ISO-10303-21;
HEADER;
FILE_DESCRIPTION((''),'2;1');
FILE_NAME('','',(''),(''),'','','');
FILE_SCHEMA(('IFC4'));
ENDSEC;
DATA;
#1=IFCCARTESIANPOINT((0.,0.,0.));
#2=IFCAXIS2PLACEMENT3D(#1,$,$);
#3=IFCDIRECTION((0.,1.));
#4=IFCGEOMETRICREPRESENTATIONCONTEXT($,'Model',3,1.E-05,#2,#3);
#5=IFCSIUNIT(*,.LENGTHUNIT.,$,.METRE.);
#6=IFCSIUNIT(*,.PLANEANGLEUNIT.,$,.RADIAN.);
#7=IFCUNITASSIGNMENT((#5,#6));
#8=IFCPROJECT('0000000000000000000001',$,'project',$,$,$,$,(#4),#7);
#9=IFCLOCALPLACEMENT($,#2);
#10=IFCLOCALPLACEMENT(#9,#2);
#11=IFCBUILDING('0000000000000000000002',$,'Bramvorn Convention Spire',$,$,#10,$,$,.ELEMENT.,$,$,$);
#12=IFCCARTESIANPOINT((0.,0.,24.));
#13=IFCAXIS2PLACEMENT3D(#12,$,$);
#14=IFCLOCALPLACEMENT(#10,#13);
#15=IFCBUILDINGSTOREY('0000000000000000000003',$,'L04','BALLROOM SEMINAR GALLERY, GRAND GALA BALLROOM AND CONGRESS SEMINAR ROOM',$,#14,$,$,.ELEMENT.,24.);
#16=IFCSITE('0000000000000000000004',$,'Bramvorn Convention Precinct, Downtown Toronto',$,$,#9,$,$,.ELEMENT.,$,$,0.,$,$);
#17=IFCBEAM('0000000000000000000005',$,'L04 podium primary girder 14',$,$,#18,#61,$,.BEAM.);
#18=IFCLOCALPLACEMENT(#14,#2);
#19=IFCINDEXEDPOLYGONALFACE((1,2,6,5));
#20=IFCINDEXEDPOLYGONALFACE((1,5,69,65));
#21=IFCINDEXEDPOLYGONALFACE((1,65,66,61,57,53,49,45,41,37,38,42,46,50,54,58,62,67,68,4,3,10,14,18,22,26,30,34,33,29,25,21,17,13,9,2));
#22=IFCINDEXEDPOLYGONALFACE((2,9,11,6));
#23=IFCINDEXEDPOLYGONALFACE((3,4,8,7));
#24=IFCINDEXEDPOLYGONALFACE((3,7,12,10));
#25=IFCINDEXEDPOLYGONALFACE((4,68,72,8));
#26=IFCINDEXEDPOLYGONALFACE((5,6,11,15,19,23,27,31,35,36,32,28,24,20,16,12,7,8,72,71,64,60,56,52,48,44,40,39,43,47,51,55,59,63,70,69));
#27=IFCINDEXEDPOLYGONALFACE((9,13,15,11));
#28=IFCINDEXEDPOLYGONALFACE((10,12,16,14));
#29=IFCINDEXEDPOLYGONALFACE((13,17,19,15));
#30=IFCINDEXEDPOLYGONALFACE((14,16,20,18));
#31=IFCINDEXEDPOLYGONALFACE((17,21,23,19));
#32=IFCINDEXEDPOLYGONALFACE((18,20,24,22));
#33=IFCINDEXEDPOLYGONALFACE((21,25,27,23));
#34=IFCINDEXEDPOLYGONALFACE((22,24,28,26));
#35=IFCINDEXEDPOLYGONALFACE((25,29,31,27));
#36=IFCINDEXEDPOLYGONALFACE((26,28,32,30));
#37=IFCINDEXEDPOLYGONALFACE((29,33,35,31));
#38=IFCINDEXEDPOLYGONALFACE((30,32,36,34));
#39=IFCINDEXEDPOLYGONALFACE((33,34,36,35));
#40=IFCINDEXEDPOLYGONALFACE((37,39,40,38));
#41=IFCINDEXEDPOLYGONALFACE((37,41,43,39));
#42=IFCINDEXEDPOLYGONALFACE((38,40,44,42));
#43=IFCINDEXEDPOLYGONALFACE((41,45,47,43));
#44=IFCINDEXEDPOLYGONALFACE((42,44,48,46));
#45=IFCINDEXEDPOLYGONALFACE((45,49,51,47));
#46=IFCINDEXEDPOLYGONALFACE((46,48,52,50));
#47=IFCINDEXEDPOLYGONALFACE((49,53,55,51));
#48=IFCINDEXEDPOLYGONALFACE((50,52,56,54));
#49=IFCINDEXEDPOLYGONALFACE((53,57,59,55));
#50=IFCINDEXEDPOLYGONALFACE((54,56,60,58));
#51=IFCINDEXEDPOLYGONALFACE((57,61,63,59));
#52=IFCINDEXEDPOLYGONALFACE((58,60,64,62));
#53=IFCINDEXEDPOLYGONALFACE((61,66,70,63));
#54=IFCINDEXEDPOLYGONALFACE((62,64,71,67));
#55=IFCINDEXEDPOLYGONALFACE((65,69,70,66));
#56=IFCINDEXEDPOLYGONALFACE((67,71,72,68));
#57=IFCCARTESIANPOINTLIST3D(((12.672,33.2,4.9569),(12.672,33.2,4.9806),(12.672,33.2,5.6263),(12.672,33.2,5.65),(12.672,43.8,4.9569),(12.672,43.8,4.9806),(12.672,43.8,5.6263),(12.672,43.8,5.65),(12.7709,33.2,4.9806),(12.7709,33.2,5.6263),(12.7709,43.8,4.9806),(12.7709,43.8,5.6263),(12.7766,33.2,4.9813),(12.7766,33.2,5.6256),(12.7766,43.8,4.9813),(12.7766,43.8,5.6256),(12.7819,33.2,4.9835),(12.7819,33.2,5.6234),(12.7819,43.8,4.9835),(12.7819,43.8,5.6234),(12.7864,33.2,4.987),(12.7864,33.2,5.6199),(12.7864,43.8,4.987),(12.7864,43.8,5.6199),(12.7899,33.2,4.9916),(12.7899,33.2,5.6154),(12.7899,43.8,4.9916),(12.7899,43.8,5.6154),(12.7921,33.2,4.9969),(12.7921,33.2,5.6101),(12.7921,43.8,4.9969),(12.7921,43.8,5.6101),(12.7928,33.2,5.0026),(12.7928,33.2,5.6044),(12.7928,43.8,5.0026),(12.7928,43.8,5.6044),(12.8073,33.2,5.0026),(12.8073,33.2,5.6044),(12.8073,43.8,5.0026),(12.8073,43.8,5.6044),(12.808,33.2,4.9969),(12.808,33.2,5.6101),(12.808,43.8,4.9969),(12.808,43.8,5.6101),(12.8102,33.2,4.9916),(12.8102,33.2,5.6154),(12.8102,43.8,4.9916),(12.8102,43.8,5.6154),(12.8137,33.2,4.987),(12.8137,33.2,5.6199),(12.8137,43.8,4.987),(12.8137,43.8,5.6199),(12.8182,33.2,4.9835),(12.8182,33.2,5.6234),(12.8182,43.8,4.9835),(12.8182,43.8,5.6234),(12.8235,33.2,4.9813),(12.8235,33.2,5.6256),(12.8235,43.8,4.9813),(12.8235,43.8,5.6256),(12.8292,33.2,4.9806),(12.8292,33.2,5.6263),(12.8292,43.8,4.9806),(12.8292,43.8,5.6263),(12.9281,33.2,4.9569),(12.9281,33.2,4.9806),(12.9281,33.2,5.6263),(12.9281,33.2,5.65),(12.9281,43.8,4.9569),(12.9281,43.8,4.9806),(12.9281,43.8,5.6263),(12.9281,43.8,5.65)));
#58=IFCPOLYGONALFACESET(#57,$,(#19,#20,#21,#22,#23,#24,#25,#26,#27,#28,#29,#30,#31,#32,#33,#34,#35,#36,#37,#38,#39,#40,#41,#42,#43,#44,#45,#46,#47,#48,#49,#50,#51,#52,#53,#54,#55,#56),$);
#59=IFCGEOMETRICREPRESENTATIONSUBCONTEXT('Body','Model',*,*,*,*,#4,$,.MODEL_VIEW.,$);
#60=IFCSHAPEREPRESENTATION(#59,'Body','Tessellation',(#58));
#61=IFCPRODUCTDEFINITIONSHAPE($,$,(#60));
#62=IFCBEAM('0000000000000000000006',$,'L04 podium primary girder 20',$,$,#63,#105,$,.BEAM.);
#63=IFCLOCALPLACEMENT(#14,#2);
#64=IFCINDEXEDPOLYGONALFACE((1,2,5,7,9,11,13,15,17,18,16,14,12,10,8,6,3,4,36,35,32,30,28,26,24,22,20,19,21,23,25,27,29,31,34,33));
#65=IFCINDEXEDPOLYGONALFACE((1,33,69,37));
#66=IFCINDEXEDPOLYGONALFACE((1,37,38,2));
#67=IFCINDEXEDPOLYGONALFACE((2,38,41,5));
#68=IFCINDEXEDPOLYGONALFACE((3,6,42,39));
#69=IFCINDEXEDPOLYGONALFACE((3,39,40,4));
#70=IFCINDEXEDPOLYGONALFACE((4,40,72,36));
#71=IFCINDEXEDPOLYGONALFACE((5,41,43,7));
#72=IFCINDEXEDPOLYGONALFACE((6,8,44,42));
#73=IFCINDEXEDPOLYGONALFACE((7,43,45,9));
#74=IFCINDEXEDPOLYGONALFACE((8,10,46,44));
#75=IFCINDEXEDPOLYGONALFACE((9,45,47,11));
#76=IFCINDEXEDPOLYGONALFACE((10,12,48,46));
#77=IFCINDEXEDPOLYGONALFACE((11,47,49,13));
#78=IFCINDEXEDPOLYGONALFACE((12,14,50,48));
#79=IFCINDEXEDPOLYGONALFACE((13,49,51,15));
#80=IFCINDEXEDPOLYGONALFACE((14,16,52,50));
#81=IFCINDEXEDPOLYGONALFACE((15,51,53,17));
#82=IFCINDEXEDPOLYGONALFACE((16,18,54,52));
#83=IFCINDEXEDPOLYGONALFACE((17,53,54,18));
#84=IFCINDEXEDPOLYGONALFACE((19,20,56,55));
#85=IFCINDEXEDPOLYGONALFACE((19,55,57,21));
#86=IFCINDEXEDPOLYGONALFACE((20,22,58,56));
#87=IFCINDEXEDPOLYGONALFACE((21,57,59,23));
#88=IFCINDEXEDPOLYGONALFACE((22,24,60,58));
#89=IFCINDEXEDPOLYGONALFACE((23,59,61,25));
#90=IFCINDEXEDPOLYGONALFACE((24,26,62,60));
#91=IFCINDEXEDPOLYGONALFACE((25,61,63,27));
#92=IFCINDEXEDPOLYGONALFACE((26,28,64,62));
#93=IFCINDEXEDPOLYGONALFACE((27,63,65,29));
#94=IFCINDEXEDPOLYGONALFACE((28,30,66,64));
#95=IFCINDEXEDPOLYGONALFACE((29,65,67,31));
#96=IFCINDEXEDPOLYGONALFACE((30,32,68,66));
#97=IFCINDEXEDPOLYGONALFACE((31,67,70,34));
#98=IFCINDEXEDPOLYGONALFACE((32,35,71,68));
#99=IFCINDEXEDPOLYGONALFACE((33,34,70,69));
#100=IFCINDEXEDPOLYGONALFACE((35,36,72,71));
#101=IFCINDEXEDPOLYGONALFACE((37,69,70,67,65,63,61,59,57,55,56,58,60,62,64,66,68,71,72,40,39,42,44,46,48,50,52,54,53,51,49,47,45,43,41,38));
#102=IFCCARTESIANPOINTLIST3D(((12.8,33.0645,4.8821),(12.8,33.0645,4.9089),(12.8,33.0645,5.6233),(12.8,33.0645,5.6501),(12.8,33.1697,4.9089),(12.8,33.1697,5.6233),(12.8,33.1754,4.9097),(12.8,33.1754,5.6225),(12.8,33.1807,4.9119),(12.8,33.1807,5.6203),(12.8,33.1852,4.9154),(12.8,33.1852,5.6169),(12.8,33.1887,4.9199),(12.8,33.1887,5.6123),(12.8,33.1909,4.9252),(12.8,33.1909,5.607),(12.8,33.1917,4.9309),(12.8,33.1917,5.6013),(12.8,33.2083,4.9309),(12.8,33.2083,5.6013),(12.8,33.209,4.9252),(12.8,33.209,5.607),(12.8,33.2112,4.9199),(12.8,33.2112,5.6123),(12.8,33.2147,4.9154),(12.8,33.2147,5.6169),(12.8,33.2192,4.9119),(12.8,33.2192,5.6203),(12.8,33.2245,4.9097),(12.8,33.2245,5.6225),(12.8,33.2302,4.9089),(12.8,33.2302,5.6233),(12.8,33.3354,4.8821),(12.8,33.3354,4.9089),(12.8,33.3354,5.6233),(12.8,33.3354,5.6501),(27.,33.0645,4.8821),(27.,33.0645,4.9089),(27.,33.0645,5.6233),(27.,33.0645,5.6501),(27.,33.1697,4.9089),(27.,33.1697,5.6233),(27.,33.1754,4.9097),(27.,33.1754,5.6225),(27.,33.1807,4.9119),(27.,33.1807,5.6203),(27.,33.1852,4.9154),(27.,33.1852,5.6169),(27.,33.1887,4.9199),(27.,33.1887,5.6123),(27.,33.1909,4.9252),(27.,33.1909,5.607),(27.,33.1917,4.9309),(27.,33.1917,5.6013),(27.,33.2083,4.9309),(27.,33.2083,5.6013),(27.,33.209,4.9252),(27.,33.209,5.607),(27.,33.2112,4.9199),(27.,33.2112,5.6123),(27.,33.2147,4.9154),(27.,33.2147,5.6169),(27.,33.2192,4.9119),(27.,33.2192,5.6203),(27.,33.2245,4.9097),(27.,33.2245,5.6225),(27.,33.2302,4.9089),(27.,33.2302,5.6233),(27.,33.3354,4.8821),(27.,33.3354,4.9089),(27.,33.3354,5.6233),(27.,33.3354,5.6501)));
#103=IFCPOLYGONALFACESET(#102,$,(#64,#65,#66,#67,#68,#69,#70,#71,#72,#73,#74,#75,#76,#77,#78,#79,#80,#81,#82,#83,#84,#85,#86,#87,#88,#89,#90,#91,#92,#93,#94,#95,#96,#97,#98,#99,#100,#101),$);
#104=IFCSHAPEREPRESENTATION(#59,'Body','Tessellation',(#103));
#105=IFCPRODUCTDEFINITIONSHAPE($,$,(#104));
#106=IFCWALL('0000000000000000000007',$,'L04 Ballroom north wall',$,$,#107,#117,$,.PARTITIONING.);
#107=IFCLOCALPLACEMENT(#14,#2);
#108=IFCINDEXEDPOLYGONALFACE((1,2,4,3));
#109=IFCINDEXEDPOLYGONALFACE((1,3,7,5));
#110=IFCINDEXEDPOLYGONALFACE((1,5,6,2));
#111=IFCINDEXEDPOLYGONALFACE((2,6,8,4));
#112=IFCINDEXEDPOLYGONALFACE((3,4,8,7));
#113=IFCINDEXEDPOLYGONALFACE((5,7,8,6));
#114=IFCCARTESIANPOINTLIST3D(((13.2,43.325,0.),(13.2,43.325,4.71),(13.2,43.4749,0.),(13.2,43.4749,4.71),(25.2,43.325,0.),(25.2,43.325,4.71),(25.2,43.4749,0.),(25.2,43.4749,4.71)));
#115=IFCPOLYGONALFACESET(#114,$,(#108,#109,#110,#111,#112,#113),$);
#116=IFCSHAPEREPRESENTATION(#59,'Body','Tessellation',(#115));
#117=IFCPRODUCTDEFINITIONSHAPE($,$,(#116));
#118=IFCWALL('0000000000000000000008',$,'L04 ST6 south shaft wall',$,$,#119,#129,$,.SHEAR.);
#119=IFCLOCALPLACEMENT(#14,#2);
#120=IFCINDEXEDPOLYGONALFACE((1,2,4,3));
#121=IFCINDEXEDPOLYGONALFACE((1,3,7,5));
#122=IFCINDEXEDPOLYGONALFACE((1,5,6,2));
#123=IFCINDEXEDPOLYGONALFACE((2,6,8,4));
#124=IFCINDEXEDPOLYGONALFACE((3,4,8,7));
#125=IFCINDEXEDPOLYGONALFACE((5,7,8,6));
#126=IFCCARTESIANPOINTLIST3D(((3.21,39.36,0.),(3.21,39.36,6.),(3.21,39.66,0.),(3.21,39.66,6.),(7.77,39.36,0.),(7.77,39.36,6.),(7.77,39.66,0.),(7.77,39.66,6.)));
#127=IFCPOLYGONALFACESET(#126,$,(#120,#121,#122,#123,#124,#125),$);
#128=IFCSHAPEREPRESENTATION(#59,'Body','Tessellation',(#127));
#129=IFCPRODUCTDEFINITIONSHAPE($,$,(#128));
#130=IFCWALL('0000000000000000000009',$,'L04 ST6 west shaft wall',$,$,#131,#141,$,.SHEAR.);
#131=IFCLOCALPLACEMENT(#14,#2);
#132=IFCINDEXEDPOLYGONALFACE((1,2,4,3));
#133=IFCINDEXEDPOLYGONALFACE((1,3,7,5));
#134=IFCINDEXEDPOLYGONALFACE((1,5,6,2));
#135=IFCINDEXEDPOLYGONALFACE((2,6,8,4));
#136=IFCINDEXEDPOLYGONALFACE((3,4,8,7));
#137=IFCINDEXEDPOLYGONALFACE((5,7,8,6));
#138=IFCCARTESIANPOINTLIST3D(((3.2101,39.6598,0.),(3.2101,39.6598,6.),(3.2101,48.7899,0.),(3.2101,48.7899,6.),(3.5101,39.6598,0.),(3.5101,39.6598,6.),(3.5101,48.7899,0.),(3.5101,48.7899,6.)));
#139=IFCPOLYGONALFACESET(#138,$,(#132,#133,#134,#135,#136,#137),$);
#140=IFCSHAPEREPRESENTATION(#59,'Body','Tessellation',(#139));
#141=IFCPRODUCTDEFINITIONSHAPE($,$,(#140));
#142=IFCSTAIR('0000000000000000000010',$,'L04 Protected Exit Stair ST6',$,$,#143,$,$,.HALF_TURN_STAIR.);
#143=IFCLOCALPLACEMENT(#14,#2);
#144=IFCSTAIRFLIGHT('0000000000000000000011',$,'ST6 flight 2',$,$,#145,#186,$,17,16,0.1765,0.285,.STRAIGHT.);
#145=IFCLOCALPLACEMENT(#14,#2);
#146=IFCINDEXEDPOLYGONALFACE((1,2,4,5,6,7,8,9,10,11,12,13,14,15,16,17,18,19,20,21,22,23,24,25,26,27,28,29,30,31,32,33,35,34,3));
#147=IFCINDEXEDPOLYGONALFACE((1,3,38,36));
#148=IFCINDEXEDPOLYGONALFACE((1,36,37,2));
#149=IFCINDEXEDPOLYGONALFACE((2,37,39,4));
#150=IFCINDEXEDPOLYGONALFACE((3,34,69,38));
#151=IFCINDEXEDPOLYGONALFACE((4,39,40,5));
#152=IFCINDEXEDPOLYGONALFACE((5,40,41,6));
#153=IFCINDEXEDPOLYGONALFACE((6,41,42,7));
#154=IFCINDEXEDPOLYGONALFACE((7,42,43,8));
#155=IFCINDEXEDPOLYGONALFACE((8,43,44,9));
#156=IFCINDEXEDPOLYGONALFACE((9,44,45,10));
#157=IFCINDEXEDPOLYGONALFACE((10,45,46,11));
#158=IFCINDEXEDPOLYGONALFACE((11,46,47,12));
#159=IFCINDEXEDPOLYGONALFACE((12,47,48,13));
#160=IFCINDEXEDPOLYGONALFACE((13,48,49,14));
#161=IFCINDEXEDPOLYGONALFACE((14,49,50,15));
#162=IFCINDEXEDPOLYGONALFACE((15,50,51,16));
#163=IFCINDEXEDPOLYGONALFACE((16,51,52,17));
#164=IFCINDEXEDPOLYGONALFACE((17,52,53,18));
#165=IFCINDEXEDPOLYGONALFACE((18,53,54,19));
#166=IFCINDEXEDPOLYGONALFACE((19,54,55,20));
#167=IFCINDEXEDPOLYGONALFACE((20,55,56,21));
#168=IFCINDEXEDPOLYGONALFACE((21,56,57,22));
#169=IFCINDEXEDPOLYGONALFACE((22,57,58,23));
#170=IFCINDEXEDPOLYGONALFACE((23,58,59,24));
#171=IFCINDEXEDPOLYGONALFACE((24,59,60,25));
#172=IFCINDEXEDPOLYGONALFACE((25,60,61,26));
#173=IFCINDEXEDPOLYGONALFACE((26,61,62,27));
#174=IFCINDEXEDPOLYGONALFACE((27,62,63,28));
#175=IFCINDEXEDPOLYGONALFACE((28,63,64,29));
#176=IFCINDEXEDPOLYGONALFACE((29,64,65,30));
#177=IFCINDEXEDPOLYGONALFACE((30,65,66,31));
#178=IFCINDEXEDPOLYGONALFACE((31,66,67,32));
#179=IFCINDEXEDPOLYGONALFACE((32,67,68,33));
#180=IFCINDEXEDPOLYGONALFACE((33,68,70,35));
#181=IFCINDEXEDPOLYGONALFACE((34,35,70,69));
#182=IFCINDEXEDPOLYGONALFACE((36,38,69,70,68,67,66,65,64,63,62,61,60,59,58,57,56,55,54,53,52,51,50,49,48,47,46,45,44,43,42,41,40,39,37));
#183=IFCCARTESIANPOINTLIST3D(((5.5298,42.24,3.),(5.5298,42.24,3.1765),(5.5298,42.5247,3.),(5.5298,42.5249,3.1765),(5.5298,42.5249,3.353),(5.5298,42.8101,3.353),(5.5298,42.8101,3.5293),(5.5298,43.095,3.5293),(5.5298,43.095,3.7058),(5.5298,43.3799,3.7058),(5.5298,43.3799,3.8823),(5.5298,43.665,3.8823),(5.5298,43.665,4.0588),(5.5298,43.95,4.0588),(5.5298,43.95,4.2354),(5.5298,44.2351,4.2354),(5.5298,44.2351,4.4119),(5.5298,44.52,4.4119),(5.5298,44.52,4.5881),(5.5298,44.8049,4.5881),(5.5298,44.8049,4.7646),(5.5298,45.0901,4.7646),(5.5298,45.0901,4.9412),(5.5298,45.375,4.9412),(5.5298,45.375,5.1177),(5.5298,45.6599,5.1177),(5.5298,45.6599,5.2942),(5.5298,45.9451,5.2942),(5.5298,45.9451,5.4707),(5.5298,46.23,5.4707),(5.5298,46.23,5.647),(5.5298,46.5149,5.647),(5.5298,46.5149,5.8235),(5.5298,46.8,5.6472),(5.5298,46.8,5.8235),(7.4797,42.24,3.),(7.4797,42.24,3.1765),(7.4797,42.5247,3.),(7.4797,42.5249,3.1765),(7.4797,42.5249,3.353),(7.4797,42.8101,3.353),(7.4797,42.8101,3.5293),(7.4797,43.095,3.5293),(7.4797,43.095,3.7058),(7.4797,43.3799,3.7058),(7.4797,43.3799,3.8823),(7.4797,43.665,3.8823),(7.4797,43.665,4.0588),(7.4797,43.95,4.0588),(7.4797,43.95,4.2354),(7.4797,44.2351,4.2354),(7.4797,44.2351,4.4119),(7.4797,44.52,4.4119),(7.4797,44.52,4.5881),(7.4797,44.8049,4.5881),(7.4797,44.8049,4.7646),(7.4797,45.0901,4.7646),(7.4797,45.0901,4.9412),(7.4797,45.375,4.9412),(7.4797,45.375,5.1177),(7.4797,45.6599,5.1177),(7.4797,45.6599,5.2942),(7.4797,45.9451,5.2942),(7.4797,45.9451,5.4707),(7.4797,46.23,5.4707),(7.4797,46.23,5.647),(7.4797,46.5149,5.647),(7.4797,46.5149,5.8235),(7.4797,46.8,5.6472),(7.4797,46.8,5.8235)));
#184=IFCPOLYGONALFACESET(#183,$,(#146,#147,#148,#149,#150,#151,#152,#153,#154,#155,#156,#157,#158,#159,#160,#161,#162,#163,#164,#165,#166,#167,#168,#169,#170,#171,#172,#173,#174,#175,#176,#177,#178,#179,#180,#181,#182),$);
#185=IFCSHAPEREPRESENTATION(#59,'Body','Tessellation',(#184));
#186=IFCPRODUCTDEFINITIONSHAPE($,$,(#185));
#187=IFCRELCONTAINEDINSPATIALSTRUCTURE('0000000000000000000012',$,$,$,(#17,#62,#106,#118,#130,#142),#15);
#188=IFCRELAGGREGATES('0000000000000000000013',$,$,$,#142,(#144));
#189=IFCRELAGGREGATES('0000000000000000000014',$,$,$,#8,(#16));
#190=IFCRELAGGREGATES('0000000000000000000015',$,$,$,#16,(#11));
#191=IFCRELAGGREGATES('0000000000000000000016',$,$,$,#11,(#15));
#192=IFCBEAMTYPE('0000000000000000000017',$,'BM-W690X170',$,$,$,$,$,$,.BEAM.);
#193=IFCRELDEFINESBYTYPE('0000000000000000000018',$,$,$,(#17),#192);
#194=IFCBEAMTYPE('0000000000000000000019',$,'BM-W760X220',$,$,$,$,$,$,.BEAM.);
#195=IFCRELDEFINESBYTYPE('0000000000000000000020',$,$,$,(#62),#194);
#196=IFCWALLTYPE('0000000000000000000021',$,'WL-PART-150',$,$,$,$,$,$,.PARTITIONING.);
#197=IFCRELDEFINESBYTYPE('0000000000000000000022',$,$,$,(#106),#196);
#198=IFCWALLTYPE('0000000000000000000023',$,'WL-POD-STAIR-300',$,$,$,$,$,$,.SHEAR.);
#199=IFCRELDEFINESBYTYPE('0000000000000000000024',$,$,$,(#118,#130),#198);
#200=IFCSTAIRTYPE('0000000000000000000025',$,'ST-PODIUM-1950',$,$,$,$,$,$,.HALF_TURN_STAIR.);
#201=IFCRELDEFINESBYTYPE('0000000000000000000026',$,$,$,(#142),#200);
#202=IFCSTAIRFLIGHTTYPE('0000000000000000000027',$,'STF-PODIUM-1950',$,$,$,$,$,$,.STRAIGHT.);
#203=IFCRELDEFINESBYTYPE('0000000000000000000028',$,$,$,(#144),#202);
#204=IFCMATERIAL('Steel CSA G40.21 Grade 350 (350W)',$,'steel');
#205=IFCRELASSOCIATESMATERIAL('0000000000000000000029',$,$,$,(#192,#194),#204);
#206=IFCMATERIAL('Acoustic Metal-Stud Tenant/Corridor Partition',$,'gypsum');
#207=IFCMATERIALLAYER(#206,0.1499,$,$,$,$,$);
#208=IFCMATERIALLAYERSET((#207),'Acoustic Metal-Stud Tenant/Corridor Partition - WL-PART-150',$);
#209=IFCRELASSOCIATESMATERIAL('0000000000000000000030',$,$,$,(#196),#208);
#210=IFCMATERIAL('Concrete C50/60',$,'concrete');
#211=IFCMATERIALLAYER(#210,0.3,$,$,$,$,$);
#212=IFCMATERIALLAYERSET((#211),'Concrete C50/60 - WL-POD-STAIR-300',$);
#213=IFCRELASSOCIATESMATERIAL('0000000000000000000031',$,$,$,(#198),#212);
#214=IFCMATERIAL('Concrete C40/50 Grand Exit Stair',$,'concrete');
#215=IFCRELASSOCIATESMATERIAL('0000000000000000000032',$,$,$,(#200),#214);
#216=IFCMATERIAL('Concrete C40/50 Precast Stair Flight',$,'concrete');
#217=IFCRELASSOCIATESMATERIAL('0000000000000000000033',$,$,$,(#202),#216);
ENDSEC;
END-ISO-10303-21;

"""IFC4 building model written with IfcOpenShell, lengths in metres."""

from ifc_helpers import new_model, si_unit, direction, frame, frame_2d, origin, origin_2d, place, context, subcontext, project, spatial, polyline, rectangle, i_section, outline, extrude, material, layer, layer_set, material_profile, profile_set, type_object, element, aggregate, save


model = new_model("IFC4")

# Units and contexts
model_context = context("Model", 3, precision=1e-05, world=origin(), true_north=direction((0.0, 1.0)))
body_context = subcontext(model_context, "Body", "Model", "MODEL_VIEW")
ifc_project = project(units=[si_unit("LENGTHUNIT", "METRE"), si_unit("PLANEANGLEUNIT", "RADIAN")], contexts=[model_context])

# Site, building, storey
site_placement = place(None, origin())
site = spatial("IfcSite", under=ifc_project, at=site_placement, Name="Bramvorn Convention Precinct, Downtown Toronto", CompositionType="ELEMENT", RefElevation=0.0)
building_placement = place(site_placement, origin())
building = spatial("IfcBuilding", under=site, at=building_placement, Name="Bramvorn Convention Spire", CompositionType="ELEMENT")
storey_placement = place(building_placement, frame((0.0, 0.0, 24.0)))
storey = spatial("IfcBuildingStorey", under=building, at=storey_placement, Name="L04", Description="BALLROOM SEMINAR GALLERY, GRAND GALA BALLROOM AND CONGRESS SEMINAR ROOM", CompositionType="ELEMENT", Elevation=24.0)

# Shared definitions
ifc_material_1 = material(Name="Steel CSA G40.21 Grade 350 (350W)", Category="steel")

# Beams
ifc_material_2 = material(Name="Concrete C50/60", Category="concrete")
ifc_material_profile_1 = material_profile(ifc_material_1, i_section(OverallWidth=0.2561, OverallDepth=0.6931, WebThickness=0.0144, FlangeThickness=0.0237, FilletRadius=0.022, at=origin_2d()))
ifc_profile_set_1 = profile_set([ifc_material_profile_1], Name="Steel CSA G40.21 Grade 350 (350W) - W690X170")
beam_type_1 = type_object("IfcBeamType", Name="BM-W690X170", PredefinedType="BEAM", material=ifc_profile_set_1)
beam_1_placement = place(storey_placement, frame((12.8, 33.2, 5.3035), z_axis=(0.0, 1.0, 0.0), x_axis=(-1.0, 0.0, 0.0)))
element("IfcBeam", 1, at=beam_1_placement, inside=storey, type_object=beam_type_1, Name="L04 podium primary girder 14", PredefinedType="BEAM", context=body_context, shape_type="SweptSolid", body=[
    extrude(i_section(OverallWidth=0.2561, OverallDepth=0.6931, WebThickness=0.0144, FlangeThickness=0.0237, FilletRadius=0.022, at=origin_2d()), origin(), (0.0, 0.0, 1.0), 10.6001),
])
ifc_material_profile_2 = material_profile(ifc_material_1, i_section(OverallWidth=0.271, OverallDepth=0.7681, WebThickness=0.0166, FlangeThickness=0.0269, FilletRadius=0.022, at=origin_2d()))
ifc_profile_set_2 = profile_set([ifc_material_profile_2], Name="Steel CSA G40.21 Grade 350 (350W) - W760X220")
beam_type_2 = type_object("IfcBeamType", Name="BM-W760X220", PredefinedType="BEAM", material=ifc_profile_set_2)
beam_2_placement = place(storey_placement, frame((12.8, 33.2, 5.2661), z_axis=(1.0, 0.0, 0.0), x_axis=(0.0, 1.0, 0.0)))
element("IfcBeam", 2, at=beam_2_placement, inside=storey, type_object=beam_type_2, Name="L04 podium primary girder 20", PredefinedType="BEAM", context=body_context, shape_type="SweptSolid", body=[
    extrude(i_section(OverallWidth=0.271, OverallDepth=0.7681, WebThickness=0.0166, FlangeThickness=0.0269, FilletRadius=0.022, at=origin_2d()), origin(), (0.0, 0.0, 1.0), 14.2),
])

# Walls
ifc_material_3 = material(Name="Acoustic Metal-Stud Tenant/Corridor Partition", Category="gypsum")
ifc_layer_1 = layer(ifc_material_3, 0.1499)
ifc_layer_set_1 = layer_set([ifc_layer_1], Name="Acoustic Metal-Stud Tenant/Corridor Partition - WL-PART-150")
wall_type_1 = type_object("IfcWallType", Name="WL-PART-150", PredefinedType="PARTITIONING", material=ifc_layer_set_1)
wall_1_placement = place(storey_placement, frame((13.2, 43.3999, 0.0), z_axis=(0.0, 0.0, 1.0), x_axis=(1.0, 0.0, 0.0)))
element("IfcWall", 3, at=wall_1_placement, inside=storey, type_object=wall_type_1, Name="L04 Ballroom north wall", PredefinedType="PARTITIONING", context=body_context, shape_type="SweptSolid", body=[
    extrude(rectangle(XDim=12.0, YDim=0.1499, at=frame_2d((6.0, 0.0))), origin(), (0.0, 0.0, 1.0), 4.71),
])
ifc_layer_2 = layer(ifc_material_2, 0.3)
ifc_layer_set_2 = layer_set([ifc_layer_2], Name="Concrete C50/60 - WL-POD-STAIR-300")
wall_type_2 = type_object("IfcWallType", Name="WL-POD-STAIR-300", PredefinedType="SHEAR", material=ifc_layer_set_2)
wall_2_placement = place(storey_placement, frame((3.21, 39.51, 0.0), z_axis=(0.0, 0.0, 1.0), x_axis=(1.0, 0.0, 0.0)))
element("IfcWall", 4, at=wall_2_placement, inside=storey, type_object=wall_type_2, Name="L04 ST6 south shaft wall", PredefinedType="SHEAR", context=body_context, shape_type="SweptSolid", body=[
    extrude(rectangle(XDim=4.5601, YDim=0.3, at=frame_2d((2.28, 0.0))), origin(), (0.0, 0.0, 1.0), 6.0),
])
wall_3_placement = place(storey_placement, frame((3.3601, 39.6599, 0.0), z_axis=(0.0, 0.0, 1.0), x_axis=(0.0, 1.0, 0.0)))
element("IfcWall", 5, at=wall_3_placement, inside=storey, type_object=wall_type_2, Name="L04 ST6 west shaft wall", PredefinedType="SHEAR", context=body_context, shape_type="SweptSolid", body=[
    extrude(rectangle(XDim=9.1301, YDim=0.3, at=frame_2d((4.5649, 0.0))), origin(), (0.0, 0.0, 1.0), 6.0),
])

# Stair, stair flight
ifc_material_4 = material(Name="Concrete C40/50 Grand Exit Stair", Category="concrete")
stair_type = type_object("IfcStairType", Name="ST-PODIUM-1950", PredefinedType="HALF_TURN_STAIR", material=ifc_material_4)
stair_placement = place(storey_placement, origin())
stair = element("IfcStair", 6, at=stair_placement, inside=storey, type_object=stair_type, Name="L04 Protected Exit Stair ST6", PredefinedType="HALF_TURN_STAIR")
ifc_material_5 = material(Name="Concrete C40/50 Precast Stair Flight", Category="concrete")
stair_flight_type = type_object("IfcStairFlightType", Name="STF-PODIUM-1950", PredefinedType="STRAIGHT", material=ifc_material_5)
stair_flight_placement = place(storey_placement, frame((6.5049, 42.24, 3.0), z_axis=(0.0, 0.0, 1.0), x_axis=(0.0, 1.0, 0.0)))
stair_flight = element("IfcStairFlight", 7, at=stair_flight_placement, type_object=stair_flight_type, Name="ST6 flight 2", NumberOfRisers=17, NumberOfTreads=16, PredefinedType="STRAIGHT", RiserHeight=0.1765, TreadLength=0.285, context=body_context, shape_type="SweptSolid", body=[
    extrude(outline(polyline([(0.0, 0.0), (0.0, 0.1765), (0.2849, 0.1765), (0.2849, 0.353), (0.5701, 0.353), (0.5701, 0.5293), (0.855, 0.5293), (0.855, 0.7058), (1.1399, 0.7058), (1.1399, 0.8823), (1.425, 0.8823), (1.425, 1.0588), (1.71, 1.0588), (1.71, 1.2354), (1.9951, 1.2354), (1.9951, 1.4119), (2.28, 1.4119), (2.28, 1.5881), (2.5649, 1.5881), (2.5649, 1.7646), (2.8501, 1.7646), (2.8501, 1.9412), (3.135, 1.9412), (3.135, 2.1177), (3.4199, 2.1177), (3.4199, 2.2942), (3.7051, 2.2942), (3.7051, 2.4707), (3.99, 2.4707), (3.99, 2.647), (4.2749, 2.647), (4.2749, 2.8235), (4.5601, 2.8235), (4.5601, 3.0), (4.5601, 2.6472), (0.2847, 0.0), (0.0, 0.0)])), frame((0.0, 0.9751, 0.0), z_axis=(0.0, -1.0, 0.0), x_axis=(1.0, 0.0, 0.0)), (0.0, 0.0, 1.0), 1.95),
])
aggregate(stair, [stair_flight])

save(model, "model.ifc")
